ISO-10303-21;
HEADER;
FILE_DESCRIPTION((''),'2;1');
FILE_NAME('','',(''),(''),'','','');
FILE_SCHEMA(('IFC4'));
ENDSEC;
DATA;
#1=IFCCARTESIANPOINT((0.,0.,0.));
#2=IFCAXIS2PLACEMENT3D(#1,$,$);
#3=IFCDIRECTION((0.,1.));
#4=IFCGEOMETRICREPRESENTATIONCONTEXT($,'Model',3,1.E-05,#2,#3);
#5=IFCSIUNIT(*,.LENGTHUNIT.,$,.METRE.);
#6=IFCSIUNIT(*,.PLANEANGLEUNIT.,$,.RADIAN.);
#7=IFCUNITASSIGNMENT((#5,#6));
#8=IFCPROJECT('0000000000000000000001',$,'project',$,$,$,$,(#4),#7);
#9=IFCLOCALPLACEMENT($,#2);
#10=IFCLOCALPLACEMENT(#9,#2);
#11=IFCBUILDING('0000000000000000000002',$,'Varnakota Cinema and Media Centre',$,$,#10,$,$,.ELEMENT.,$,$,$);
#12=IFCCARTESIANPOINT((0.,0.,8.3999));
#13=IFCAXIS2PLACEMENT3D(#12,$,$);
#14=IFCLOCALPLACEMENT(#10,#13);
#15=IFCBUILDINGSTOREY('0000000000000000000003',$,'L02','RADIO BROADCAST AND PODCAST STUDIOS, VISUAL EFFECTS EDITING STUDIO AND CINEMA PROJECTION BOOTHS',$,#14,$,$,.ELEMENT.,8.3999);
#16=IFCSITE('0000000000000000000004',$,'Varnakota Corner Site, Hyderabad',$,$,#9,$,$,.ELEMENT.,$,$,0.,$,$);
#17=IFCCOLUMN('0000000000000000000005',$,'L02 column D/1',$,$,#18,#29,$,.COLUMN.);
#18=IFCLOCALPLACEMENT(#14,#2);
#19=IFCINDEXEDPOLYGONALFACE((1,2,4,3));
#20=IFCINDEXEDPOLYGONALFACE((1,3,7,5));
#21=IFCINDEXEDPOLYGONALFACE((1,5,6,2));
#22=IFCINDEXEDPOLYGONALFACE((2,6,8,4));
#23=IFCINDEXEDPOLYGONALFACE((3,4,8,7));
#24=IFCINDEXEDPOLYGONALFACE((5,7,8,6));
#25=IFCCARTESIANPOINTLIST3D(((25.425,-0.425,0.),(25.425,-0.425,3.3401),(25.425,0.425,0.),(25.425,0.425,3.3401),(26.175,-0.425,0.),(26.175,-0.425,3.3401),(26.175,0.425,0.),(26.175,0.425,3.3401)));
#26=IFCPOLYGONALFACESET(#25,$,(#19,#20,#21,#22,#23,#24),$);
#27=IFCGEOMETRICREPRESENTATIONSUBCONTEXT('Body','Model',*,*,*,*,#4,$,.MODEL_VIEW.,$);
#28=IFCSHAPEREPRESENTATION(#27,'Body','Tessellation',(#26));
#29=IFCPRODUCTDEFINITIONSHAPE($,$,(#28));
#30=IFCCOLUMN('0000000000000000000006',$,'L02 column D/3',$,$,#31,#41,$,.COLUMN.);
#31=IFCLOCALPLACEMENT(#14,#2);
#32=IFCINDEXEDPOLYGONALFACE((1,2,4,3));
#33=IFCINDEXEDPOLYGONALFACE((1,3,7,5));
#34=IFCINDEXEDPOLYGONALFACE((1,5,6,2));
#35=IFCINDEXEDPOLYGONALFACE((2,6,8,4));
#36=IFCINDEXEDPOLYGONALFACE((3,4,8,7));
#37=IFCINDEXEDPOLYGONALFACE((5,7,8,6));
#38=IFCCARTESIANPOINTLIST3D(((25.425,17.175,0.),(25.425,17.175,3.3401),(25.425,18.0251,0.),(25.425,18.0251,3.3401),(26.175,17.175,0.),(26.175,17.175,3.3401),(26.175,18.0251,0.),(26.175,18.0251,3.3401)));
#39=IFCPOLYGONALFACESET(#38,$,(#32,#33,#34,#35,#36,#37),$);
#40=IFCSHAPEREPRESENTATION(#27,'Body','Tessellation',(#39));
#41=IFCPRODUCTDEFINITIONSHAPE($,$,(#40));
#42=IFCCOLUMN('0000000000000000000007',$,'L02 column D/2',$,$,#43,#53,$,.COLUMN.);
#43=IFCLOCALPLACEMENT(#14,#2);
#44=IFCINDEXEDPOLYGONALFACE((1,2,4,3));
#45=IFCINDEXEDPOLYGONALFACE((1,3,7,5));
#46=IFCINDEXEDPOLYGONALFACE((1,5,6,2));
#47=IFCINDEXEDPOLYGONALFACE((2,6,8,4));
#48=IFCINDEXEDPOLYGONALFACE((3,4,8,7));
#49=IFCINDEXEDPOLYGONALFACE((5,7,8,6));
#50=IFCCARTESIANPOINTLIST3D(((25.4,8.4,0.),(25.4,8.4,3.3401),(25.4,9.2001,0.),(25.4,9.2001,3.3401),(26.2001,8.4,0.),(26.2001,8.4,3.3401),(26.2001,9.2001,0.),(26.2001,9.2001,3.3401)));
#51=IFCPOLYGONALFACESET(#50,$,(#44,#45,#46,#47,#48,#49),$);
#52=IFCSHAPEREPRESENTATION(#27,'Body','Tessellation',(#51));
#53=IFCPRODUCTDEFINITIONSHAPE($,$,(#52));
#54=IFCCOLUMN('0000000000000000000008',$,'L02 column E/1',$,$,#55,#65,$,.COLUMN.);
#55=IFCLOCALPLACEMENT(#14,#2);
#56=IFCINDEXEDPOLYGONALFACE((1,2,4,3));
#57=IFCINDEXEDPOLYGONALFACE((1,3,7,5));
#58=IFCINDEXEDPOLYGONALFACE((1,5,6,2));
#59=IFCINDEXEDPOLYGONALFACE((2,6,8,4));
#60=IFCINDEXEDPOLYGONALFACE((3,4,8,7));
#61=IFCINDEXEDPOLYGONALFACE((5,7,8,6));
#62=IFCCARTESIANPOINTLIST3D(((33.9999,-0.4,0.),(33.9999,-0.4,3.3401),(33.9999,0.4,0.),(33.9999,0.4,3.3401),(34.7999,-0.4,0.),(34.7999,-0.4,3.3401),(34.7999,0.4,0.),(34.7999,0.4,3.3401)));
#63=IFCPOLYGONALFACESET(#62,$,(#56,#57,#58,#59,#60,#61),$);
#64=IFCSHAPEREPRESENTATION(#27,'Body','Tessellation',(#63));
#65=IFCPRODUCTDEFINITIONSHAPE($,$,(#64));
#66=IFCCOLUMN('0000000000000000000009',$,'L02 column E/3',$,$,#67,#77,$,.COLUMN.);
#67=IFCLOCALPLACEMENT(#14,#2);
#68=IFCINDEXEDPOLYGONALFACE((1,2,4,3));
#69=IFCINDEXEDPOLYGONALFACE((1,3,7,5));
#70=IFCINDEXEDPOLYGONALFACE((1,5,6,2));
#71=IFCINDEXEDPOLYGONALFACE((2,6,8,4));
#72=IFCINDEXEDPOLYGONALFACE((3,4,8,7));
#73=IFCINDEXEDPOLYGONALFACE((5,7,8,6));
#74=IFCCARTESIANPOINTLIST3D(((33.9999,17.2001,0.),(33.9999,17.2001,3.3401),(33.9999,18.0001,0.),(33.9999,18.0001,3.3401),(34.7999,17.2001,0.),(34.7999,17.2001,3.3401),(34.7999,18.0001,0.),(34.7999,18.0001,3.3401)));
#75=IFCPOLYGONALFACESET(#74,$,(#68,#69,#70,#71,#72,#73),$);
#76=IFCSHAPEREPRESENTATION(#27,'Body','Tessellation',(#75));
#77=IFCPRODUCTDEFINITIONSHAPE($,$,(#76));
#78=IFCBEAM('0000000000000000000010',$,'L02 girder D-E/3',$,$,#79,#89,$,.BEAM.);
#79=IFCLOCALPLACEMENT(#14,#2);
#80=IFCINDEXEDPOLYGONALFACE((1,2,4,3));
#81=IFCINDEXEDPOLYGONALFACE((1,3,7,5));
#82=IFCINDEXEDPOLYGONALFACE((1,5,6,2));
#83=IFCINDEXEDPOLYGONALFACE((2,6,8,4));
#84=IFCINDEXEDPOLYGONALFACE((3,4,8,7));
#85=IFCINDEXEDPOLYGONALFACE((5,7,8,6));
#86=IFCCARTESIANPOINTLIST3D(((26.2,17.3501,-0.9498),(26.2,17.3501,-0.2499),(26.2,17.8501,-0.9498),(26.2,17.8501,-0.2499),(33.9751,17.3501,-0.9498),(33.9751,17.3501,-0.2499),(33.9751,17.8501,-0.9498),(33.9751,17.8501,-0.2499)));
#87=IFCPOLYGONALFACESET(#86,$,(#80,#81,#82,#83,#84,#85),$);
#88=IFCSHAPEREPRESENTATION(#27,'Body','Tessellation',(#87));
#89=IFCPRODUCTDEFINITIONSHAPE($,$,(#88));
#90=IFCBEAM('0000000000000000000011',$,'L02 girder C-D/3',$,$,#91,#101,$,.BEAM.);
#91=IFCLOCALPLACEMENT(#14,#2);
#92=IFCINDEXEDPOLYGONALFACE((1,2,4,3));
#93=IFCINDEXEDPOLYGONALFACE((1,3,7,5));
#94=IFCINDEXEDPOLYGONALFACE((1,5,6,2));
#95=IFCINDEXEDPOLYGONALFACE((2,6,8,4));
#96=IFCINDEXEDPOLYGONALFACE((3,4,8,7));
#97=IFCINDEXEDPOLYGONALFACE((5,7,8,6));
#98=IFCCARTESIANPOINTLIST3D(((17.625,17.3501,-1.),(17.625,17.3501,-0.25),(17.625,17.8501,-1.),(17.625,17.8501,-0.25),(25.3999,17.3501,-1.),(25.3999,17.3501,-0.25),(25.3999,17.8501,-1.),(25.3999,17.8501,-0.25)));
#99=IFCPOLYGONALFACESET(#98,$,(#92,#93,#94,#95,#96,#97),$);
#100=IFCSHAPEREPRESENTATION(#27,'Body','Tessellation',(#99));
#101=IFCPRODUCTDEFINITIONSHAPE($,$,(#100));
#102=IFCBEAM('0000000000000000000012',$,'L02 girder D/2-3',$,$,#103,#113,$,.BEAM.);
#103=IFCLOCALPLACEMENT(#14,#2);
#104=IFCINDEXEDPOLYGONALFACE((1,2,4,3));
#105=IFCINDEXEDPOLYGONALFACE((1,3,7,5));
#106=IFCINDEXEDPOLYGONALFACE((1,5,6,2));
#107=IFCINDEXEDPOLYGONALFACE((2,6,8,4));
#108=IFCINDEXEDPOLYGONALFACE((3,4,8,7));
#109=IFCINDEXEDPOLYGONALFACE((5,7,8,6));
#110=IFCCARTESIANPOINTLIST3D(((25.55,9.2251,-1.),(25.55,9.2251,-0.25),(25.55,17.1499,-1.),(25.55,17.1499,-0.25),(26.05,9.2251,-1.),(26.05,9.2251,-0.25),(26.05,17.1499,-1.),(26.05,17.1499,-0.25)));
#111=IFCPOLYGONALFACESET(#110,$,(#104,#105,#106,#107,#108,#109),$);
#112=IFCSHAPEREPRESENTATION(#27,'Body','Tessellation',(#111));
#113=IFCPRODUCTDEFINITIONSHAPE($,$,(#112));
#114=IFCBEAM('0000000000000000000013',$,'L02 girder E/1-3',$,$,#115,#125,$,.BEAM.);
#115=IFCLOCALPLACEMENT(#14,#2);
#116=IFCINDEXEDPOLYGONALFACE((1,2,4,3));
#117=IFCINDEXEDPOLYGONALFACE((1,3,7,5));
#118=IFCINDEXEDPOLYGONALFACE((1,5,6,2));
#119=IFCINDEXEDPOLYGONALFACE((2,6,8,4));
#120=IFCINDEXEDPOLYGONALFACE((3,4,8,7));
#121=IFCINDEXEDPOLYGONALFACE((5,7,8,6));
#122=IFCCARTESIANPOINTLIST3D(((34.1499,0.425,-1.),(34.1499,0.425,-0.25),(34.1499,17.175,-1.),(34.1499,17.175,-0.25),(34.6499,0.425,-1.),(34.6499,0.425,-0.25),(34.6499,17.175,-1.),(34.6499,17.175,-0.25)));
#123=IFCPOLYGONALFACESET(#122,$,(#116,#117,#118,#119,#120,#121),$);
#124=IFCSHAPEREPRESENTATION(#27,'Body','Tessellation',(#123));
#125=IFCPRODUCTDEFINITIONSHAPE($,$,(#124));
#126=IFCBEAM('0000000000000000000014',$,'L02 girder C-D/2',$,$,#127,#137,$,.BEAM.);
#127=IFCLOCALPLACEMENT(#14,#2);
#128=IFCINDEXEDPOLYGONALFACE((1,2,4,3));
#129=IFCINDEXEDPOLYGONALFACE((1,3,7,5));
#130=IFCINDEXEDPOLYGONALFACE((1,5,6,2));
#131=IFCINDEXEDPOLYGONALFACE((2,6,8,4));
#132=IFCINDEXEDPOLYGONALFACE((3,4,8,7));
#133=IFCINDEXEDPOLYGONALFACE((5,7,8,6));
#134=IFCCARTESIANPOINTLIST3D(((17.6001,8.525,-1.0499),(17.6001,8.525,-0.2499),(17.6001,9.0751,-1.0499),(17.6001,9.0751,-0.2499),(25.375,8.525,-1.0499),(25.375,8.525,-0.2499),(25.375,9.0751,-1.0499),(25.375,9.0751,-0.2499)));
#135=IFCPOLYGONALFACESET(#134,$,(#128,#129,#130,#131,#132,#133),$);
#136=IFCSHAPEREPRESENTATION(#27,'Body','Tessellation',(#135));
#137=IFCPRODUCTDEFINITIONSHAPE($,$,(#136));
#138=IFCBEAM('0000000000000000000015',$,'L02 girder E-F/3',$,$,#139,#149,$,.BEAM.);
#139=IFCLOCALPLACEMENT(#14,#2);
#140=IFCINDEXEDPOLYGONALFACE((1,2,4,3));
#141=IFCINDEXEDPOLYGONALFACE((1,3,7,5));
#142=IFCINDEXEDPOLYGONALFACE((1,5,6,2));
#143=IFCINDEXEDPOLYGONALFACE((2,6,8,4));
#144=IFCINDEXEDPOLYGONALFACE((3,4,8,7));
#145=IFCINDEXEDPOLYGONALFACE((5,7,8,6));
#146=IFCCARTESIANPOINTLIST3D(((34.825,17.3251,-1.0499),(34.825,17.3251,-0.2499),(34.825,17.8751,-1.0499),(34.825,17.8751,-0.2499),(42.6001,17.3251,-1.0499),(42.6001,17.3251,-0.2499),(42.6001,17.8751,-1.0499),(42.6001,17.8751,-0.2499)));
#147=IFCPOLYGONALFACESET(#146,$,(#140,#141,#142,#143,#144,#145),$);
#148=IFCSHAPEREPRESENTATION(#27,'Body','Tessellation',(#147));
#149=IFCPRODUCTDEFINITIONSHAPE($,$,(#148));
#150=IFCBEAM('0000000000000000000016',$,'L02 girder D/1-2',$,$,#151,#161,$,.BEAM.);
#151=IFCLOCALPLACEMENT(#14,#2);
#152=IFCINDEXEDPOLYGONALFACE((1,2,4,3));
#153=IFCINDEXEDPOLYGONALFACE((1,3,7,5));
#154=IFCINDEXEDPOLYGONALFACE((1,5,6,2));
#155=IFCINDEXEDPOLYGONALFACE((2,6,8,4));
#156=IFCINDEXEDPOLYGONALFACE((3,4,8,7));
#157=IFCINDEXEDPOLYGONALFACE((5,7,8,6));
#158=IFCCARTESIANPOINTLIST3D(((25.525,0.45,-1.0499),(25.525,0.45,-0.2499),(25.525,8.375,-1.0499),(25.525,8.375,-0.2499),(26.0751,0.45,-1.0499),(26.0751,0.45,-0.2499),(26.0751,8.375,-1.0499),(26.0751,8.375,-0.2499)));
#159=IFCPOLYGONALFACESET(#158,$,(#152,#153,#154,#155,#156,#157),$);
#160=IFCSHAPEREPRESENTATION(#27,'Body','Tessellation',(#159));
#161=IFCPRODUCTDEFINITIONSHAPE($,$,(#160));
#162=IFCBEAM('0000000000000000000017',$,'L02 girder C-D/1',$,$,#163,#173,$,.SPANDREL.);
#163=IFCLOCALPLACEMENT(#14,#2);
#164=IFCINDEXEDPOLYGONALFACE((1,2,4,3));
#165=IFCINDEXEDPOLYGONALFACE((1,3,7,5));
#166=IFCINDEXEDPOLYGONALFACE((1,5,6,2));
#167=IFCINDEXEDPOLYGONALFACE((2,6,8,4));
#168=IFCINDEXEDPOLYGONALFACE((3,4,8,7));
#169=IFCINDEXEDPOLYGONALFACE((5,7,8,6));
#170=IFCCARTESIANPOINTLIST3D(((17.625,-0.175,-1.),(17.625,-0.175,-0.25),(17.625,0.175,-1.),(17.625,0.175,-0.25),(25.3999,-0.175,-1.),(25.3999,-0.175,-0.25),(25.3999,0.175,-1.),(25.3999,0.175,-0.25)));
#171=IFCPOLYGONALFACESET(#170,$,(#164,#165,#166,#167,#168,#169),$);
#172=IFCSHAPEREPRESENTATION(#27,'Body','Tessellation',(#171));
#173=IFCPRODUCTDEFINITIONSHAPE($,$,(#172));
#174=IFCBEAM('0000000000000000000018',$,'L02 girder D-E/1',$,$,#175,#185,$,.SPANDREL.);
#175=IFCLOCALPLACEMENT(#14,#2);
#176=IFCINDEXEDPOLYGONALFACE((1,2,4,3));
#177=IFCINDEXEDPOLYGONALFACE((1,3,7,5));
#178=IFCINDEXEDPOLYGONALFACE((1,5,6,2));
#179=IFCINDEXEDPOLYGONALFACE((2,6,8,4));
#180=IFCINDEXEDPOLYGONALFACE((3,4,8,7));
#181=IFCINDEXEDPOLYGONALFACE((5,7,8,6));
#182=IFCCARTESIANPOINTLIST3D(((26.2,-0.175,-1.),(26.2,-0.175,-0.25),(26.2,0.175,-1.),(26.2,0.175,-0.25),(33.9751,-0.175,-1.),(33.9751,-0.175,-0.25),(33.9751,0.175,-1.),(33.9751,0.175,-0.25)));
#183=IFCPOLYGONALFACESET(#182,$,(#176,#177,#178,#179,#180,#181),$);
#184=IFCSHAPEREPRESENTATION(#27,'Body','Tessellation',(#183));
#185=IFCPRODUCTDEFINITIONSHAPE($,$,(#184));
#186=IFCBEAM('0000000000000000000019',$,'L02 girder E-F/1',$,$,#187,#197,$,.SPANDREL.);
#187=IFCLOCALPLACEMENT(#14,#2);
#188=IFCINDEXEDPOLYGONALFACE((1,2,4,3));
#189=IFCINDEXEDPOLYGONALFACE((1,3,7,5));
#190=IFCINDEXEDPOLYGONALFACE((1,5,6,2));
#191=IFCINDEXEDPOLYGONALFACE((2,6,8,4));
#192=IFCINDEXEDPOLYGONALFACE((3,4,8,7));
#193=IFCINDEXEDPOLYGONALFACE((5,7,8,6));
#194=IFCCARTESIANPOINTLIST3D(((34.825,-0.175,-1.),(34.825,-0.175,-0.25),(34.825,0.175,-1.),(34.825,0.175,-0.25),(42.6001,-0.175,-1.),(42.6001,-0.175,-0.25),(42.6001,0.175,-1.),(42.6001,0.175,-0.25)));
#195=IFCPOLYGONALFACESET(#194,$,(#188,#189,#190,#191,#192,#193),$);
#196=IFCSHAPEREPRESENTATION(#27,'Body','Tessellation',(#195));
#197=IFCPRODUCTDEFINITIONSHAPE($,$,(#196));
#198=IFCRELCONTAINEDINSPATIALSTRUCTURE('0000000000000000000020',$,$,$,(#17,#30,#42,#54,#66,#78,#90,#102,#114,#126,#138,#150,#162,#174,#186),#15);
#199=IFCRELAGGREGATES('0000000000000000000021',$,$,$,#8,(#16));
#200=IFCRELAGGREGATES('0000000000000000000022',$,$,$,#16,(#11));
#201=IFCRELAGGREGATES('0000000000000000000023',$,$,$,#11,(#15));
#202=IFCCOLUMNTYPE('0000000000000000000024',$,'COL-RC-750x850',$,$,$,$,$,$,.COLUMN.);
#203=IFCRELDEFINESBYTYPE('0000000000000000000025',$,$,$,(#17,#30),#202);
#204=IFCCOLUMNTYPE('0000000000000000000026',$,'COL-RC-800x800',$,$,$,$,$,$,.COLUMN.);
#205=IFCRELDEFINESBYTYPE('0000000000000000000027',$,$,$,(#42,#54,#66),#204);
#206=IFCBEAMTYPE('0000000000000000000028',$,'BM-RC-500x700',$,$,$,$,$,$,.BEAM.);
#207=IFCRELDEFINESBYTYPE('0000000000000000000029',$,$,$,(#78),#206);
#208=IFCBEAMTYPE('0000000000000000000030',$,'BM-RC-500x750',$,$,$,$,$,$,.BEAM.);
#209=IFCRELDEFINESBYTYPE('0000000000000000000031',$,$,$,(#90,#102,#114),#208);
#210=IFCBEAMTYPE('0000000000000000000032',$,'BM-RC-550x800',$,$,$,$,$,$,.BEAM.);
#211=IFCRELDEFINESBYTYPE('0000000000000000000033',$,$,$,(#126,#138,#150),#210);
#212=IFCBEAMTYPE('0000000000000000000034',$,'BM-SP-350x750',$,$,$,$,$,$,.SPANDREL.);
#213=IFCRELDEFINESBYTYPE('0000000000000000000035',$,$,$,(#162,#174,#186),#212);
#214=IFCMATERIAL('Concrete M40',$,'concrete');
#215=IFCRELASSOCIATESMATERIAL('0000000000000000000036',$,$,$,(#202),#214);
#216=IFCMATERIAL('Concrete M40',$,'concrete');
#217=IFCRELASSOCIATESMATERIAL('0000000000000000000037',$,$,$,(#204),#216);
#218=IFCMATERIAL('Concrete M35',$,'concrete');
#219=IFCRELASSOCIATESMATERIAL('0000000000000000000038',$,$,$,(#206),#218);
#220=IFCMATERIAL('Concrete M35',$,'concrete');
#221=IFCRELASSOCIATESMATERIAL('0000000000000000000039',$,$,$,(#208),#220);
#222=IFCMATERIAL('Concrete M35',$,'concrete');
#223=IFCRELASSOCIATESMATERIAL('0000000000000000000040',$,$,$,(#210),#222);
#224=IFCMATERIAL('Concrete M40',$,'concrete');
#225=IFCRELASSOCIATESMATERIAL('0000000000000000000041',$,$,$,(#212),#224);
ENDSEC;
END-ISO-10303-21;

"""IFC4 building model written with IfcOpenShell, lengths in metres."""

from ifc_helpers import new_model, si_unit, direction, frame, origin, origin_2d, place, context, subcontext, project, spatial, rectangle, extrude, material, material_profile, profile_set, type_object, element, save


model = new_model("IFC4")

# Units and contexts
model_context = context("Model", 3, precision=1e-05, world=origin(), true_north=direction((0.0, 1.0)))
body_context = subcontext(model_context, "Body", "Model", "MODEL_VIEW")
ifc_project = project(units=[si_unit("LENGTHUNIT", "METRE"), si_unit("PLANEANGLEUNIT", "RADIAN")], contexts=[model_context])

# Site, building, storey
site_placement = place(None, origin())
site = spatial("IfcSite", under=ifc_project, at=site_placement, Name="Varnakota Corner Site, Hyderabad", CompositionType="ELEMENT", RefElevation=0.0)
building_placement = place(site_placement, origin())
building = spatial("IfcBuilding", under=site, at=building_placement, Name="Varnakota Cinema and Media Centre", CompositionType="ELEMENT")
storey_placement = place(building_placement, frame((0.0, 0.0, 8.3999)))
storey = spatial("IfcBuildingStorey", under=building, at=storey_placement, Name="L02", Description="RADIO BROADCAST AND PODCAST STUDIOS, VISUAL EFFECTS EDITING STUDIO AND CINEMA PROJECTION BOOTHS", CompositionType="ELEMENT", Elevation=8.3999)

# Columns
ifc_material_1 = material(Name="Concrete M40", Category="concrete")
ifc_material_profile_1 = material_profile(ifc_material_1, rectangle(XDim=0.75, YDim=0.8501, at=origin_2d()), Name="RC 750x850")
ifc_profile_set_1 = profile_set([ifc_material_profile_1], Name="Concrete M40")
column_type_1 = type_object("IfcColumnType", Name="COL-RC-750x850", PredefinedType="COLUMN", material=ifc_profile_set_1)
for number, where, z_axis, x_axis, name in (
    (1, (25.8, 0.0, 0.0), (0.0, 0.0, 1.0), (1.0, 0.0, 0.0), "L02 column D/1"),
    (2, (25.8, 17.6001, 0.0), (0.0, 0.0, 1.0), (1.0, 0.0, 0.0), "L02 column D/3"),
):
    element("IfcColumn", number, at=place(storey_placement, frame(where, z_axis=z_axis, x_axis=x_axis)), inside=storey, type_object=column_type_1, Name=name, PredefinedType="COLUMN", context=body_context, shape_type="SweptSolid", body=[
        extrude(rectangle(XDim=0.75, YDim=0.8501, at=origin_2d()), origin(), (0.0, 0.0, 1.0), 3.3401),
    ])
ifc_material_2 = material(Name="Concrete M40", Category="concrete")
ifc_material_profile_2 = material_profile(ifc_material_2, rectangle(XDim=0.8, YDim=0.8, at=origin_2d()), Name="RC 800x800")
ifc_profile_set_2 = profile_set([ifc_material_profile_2], Name="Concrete M40")
column_type_2 = type_object("IfcColumnType", Name="COL-RC-800x800", PredefinedType="COLUMN", material=ifc_profile_set_2)
for number, where, z_axis, x_axis, name in (
    (3, (25.8, 8.8, 0.0), (0.0, 0.0, 1.0), (1.0, 0.0, 0.0), "L02 column D/2"),
    (4, (34.3999, 0.0, 0.0), (0.0, 0.0, 1.0), (1.0, 0.0, 0.0), "L02 column E/1"),
    (5, (34.3999, 17.6001, 0.0), (0.0, 0.0, 1.0), (1.0, 0.0, 0.0), "L02 column E/3"),
):
    element("IfcColumn", number, at=place(storey_placement, frame(where, z_axis=z_axis, x_axis=x_axis)), inside=storey, type_object=column_type_2, Name=name, PredefinedType="COLUMN", context=body_context, shape_type="SweptSolid", body=[
        extrude(rectangle(XDim=0.8, YDim=0.8, at=origin_2d()), origin(), (0.0, 0.0, 1.0), 3.3401),
    ])

# Beams
ifc_material_3 = material(Name="Concrete M35", Category="concrete")
ifc_material_profile_3 = material_profile(ifc_material_3, rectangle(XDim=0.5, YDim=0.7, at=origin_2d()), Name="RCB 500x700")
ifc_profile_set_3 = profile_set([ifc_material_profile_3], Name="Concrete M35")
beam_type_1 = type_object("IfcBeamType", Name="BM-RC-500x700", PredefinedType="BEAM", material=ifc_profile_set_3)
beam_1_placement = place(storey_placement, frame((26.2, 17.6001, -0.5999), z_axis=(1.0, 0.0, 0.0), x_axis=(0.0, 1.0, 0.0)))
element("IfcBeam", 6, at=beam_1_placement, inside=storey, type_object=beam_type_1, Name="L02 girder D-E/3", PredefinedType="BEAM", context=body_context, shape_type="SweptSolid", body=[
    extrude(rectangle(XDim=0.5, YDim=0.7, at=origin_2d()), origin(), (0.0, 0.0, 1.0), 7.7751),
])
ifc_material_4 = material(Name="Concrete M35", Category="concrete")
ifc_material_profile_4 = material_profile(ifc_material_4, rectangle(XDim=0.5, YDim=0.75, at=origin_2d()), Name="RCB 500x750")
ifc_profile_set_4 = profile_set([ifc_material_profile_4], Name="Concrete M35")
beam_type_2 = type_object("IfcBeamType", Name="BM-RC-500x750", PredefinedType="BEAM", material=ifc_profile_set_4)
beam_2_placement = place(storey_placement, frame((17.625, 17.6001, -0.625), z_axis=(1.0, 0.0, 0.0), x_axis=(0.0, 1.0, 0.0)))
element("IfcBeam", 7, at=beam_2_placement, inside=storey, type_object=beam_type_2, Name="L02 girder C-D/3", PredefinedType="BEAM", context=body_context, shape_type="SweptSolid", body=[
    extrude(rectangle(XDim=0.5, YDim=0.75, at=origin_2d()), origin(), (0.0, 0.0, 1.0), 7.7749),
])
beam_3_placement = place(storey_placement, frame((25.8, 9.2251, -0.625), z_axis=(0.0, 1.0, 0.0), x_axis=(-1.0, 0.0, 0.0)))
element("IfcBeam", 8, at=beam_3_placement, inside=storey, type_object=beam_type_2, Name="L02 girder D/2-3", PredefinedType="BEAM", context=body_context, shape_type="SweptSolid", body=[
    extrude(rectangle(XDim=0.5, YDim=0.75, at=origin_2d()), origin(), (0.0, 0.0, 1.0), 7.9248),
])
beam_4_placement = place(storey_placement, frame((34.3999, 0.425, -0.625), z_axis=(0.0, 1.0, 0.0), x_axis=(-1.0, 0.0, 0.0)))
element("IfcBeam", 9, at=beam_4_placement, inside=storey, type_object=beam_type_2, Name="L02 girder E/1-3", PredefinedType="BEAM", context=body_context, shape_type="SweptSolid", body=[
    extrude(rectangle(XDim=0.5, YDim=0.75, at=origin_2d()), origin(), (0.0, 0.0, 1.0), 16.75),
])
ifc_material_5 = material(Name="Concrete M35", Category="concrete")
ifc_material_profile_5 = material_profile(ifc_material_5, rectangle(XDim=0.55, YDim=0.8, at=origin_2d()), Name="RCB 550x800")
ifc_profile_set_5 = profile_set([ifc_material_profile_5], Name="Concrete M35")
beam_type_3 = type_object("IfcBeamType", Name="BM-RC-550x800", PredefinedType="BEAM", material=ifc_profile_set_5)
beam_5_placement = place(storey_placement, frame((17.6001, 8.8, -0.6499), z_axis=(1.0, 0.0, 0.0), x_axis=(0.0, 1.0, 0.0)))
element("IfcBeam", 10, at=beam_5_placement, inside=storey, type_object=beam_type_3, Name="L02 girder C-D/2", PredefinedType="BEAM", context=body_context, shape_type="SweptSolid", body=[
    extrude(rectangle(XDim=0.55, YDim=0.8, at=origin_2d()), origin(), (0.0, 0.0, 1.0), 7.7749),
])
beam_6_placement = place(storey_placement, frame((34.825, 17.6001, -0.6499), z_axis=(1.0, 0.0, 0.0), x_axis=(0.0, 1.0, 0.0)))
element("IfcBeam", 11, at=beam_6_placement, inside=storey, type_object=beam_type_3, Name="L02 girder E-F/3", PredefinedType="BEAM", context=body_context, shape_type="SweptSolid", body=[
    extrude(rectangle(XDim=0.55, YDim=0.8, at=origin_2d()), origin(), (0.0, 0.0, 1.0), 7.7751),
])
beam_7_placement = place(storey_placement, frame((25.8, 0.45, -0.6499), z_axis=(0.0, 1.0, 0.0), x_axis=(-1.0, 0.0, 0.0)))
element("IfcBeam", 12, at=beam_7_placement, inside=storey, type_object=beam_type_3, Name="L02 girder D/1-2", PredefinedType="BEAM", context=body_context, shape_type="SweptSolid", body=[
    extrude(rectangle(XDim=0.55, YDim=0.8, at=origin_2d()), origin(), (0.0, 0.0, 1.0), 7.925),
])
ifc_material_6 = material(Name="Concrete M40", Category="concrete")
ifc_material_profile_6 = material_profile(ifc_material_6, rectangle(XDim=0.3501, YDim=0.75, at=origin_2d()), Name="RCB 350x750")
ifc_profile_set_6 = profile_set([ifc_material_profile_6], Name="Concrete M40")
beam_type_4 = type_object("IfcBeamType", Name="BM-SP-350x750", PredefinedType="SPANDREL", material=ifc_profile_set_6)
beam_8_placement = place(storey_placement, frame((17.625, 0.0, -0.625), z_axis=(1.0, 0.0, 0.0), x_axis=(0.0, 1.0, 0.0)))
element("IfcBeam", 13, at=beam_8_placement, inside=storey, type_object=beam_type_4, Name="L02 girder C-D/1", PredefinedType="SPANDREL", context=body_context, shape_type="SweptSolid", body=[
    extrude(rectangle(XDim=0.3501, YDim=0.75, at=origin_2d()), origin(), (0.0, 0.0, 1.0), 7.7749),
])
for number, where, z_axis, x_axis, name in (
    (14, (26.2, 0.0, -0.625), (1.0, 0.0, 0.0), (0.0, 1.0, 0.0), "L02 girder D-E/1"),
    (15, (34.825, 0.0, -0.625), (1.0, 0.0, 0.0), (0.0, 1.0, 0.0), "L02 girder E-F/1"),
):
    element("IfcBeam", number, at=place(storey_placement, frame(where, z_axis=z_axis, x_axis=x_axis)), inside=storey, type_object=beam_type_4, Name=name, PredefinedType="SPANDREL", context=body_context, shape_type="SweptSolid", body=[
        extrude(rectangle(XDim=0.3501, YDim=0.75, at=origin_2d()), origin(), (0.0, 0.0, 1.0), 7.7751),
    ])

save(model, "model.ifc")
